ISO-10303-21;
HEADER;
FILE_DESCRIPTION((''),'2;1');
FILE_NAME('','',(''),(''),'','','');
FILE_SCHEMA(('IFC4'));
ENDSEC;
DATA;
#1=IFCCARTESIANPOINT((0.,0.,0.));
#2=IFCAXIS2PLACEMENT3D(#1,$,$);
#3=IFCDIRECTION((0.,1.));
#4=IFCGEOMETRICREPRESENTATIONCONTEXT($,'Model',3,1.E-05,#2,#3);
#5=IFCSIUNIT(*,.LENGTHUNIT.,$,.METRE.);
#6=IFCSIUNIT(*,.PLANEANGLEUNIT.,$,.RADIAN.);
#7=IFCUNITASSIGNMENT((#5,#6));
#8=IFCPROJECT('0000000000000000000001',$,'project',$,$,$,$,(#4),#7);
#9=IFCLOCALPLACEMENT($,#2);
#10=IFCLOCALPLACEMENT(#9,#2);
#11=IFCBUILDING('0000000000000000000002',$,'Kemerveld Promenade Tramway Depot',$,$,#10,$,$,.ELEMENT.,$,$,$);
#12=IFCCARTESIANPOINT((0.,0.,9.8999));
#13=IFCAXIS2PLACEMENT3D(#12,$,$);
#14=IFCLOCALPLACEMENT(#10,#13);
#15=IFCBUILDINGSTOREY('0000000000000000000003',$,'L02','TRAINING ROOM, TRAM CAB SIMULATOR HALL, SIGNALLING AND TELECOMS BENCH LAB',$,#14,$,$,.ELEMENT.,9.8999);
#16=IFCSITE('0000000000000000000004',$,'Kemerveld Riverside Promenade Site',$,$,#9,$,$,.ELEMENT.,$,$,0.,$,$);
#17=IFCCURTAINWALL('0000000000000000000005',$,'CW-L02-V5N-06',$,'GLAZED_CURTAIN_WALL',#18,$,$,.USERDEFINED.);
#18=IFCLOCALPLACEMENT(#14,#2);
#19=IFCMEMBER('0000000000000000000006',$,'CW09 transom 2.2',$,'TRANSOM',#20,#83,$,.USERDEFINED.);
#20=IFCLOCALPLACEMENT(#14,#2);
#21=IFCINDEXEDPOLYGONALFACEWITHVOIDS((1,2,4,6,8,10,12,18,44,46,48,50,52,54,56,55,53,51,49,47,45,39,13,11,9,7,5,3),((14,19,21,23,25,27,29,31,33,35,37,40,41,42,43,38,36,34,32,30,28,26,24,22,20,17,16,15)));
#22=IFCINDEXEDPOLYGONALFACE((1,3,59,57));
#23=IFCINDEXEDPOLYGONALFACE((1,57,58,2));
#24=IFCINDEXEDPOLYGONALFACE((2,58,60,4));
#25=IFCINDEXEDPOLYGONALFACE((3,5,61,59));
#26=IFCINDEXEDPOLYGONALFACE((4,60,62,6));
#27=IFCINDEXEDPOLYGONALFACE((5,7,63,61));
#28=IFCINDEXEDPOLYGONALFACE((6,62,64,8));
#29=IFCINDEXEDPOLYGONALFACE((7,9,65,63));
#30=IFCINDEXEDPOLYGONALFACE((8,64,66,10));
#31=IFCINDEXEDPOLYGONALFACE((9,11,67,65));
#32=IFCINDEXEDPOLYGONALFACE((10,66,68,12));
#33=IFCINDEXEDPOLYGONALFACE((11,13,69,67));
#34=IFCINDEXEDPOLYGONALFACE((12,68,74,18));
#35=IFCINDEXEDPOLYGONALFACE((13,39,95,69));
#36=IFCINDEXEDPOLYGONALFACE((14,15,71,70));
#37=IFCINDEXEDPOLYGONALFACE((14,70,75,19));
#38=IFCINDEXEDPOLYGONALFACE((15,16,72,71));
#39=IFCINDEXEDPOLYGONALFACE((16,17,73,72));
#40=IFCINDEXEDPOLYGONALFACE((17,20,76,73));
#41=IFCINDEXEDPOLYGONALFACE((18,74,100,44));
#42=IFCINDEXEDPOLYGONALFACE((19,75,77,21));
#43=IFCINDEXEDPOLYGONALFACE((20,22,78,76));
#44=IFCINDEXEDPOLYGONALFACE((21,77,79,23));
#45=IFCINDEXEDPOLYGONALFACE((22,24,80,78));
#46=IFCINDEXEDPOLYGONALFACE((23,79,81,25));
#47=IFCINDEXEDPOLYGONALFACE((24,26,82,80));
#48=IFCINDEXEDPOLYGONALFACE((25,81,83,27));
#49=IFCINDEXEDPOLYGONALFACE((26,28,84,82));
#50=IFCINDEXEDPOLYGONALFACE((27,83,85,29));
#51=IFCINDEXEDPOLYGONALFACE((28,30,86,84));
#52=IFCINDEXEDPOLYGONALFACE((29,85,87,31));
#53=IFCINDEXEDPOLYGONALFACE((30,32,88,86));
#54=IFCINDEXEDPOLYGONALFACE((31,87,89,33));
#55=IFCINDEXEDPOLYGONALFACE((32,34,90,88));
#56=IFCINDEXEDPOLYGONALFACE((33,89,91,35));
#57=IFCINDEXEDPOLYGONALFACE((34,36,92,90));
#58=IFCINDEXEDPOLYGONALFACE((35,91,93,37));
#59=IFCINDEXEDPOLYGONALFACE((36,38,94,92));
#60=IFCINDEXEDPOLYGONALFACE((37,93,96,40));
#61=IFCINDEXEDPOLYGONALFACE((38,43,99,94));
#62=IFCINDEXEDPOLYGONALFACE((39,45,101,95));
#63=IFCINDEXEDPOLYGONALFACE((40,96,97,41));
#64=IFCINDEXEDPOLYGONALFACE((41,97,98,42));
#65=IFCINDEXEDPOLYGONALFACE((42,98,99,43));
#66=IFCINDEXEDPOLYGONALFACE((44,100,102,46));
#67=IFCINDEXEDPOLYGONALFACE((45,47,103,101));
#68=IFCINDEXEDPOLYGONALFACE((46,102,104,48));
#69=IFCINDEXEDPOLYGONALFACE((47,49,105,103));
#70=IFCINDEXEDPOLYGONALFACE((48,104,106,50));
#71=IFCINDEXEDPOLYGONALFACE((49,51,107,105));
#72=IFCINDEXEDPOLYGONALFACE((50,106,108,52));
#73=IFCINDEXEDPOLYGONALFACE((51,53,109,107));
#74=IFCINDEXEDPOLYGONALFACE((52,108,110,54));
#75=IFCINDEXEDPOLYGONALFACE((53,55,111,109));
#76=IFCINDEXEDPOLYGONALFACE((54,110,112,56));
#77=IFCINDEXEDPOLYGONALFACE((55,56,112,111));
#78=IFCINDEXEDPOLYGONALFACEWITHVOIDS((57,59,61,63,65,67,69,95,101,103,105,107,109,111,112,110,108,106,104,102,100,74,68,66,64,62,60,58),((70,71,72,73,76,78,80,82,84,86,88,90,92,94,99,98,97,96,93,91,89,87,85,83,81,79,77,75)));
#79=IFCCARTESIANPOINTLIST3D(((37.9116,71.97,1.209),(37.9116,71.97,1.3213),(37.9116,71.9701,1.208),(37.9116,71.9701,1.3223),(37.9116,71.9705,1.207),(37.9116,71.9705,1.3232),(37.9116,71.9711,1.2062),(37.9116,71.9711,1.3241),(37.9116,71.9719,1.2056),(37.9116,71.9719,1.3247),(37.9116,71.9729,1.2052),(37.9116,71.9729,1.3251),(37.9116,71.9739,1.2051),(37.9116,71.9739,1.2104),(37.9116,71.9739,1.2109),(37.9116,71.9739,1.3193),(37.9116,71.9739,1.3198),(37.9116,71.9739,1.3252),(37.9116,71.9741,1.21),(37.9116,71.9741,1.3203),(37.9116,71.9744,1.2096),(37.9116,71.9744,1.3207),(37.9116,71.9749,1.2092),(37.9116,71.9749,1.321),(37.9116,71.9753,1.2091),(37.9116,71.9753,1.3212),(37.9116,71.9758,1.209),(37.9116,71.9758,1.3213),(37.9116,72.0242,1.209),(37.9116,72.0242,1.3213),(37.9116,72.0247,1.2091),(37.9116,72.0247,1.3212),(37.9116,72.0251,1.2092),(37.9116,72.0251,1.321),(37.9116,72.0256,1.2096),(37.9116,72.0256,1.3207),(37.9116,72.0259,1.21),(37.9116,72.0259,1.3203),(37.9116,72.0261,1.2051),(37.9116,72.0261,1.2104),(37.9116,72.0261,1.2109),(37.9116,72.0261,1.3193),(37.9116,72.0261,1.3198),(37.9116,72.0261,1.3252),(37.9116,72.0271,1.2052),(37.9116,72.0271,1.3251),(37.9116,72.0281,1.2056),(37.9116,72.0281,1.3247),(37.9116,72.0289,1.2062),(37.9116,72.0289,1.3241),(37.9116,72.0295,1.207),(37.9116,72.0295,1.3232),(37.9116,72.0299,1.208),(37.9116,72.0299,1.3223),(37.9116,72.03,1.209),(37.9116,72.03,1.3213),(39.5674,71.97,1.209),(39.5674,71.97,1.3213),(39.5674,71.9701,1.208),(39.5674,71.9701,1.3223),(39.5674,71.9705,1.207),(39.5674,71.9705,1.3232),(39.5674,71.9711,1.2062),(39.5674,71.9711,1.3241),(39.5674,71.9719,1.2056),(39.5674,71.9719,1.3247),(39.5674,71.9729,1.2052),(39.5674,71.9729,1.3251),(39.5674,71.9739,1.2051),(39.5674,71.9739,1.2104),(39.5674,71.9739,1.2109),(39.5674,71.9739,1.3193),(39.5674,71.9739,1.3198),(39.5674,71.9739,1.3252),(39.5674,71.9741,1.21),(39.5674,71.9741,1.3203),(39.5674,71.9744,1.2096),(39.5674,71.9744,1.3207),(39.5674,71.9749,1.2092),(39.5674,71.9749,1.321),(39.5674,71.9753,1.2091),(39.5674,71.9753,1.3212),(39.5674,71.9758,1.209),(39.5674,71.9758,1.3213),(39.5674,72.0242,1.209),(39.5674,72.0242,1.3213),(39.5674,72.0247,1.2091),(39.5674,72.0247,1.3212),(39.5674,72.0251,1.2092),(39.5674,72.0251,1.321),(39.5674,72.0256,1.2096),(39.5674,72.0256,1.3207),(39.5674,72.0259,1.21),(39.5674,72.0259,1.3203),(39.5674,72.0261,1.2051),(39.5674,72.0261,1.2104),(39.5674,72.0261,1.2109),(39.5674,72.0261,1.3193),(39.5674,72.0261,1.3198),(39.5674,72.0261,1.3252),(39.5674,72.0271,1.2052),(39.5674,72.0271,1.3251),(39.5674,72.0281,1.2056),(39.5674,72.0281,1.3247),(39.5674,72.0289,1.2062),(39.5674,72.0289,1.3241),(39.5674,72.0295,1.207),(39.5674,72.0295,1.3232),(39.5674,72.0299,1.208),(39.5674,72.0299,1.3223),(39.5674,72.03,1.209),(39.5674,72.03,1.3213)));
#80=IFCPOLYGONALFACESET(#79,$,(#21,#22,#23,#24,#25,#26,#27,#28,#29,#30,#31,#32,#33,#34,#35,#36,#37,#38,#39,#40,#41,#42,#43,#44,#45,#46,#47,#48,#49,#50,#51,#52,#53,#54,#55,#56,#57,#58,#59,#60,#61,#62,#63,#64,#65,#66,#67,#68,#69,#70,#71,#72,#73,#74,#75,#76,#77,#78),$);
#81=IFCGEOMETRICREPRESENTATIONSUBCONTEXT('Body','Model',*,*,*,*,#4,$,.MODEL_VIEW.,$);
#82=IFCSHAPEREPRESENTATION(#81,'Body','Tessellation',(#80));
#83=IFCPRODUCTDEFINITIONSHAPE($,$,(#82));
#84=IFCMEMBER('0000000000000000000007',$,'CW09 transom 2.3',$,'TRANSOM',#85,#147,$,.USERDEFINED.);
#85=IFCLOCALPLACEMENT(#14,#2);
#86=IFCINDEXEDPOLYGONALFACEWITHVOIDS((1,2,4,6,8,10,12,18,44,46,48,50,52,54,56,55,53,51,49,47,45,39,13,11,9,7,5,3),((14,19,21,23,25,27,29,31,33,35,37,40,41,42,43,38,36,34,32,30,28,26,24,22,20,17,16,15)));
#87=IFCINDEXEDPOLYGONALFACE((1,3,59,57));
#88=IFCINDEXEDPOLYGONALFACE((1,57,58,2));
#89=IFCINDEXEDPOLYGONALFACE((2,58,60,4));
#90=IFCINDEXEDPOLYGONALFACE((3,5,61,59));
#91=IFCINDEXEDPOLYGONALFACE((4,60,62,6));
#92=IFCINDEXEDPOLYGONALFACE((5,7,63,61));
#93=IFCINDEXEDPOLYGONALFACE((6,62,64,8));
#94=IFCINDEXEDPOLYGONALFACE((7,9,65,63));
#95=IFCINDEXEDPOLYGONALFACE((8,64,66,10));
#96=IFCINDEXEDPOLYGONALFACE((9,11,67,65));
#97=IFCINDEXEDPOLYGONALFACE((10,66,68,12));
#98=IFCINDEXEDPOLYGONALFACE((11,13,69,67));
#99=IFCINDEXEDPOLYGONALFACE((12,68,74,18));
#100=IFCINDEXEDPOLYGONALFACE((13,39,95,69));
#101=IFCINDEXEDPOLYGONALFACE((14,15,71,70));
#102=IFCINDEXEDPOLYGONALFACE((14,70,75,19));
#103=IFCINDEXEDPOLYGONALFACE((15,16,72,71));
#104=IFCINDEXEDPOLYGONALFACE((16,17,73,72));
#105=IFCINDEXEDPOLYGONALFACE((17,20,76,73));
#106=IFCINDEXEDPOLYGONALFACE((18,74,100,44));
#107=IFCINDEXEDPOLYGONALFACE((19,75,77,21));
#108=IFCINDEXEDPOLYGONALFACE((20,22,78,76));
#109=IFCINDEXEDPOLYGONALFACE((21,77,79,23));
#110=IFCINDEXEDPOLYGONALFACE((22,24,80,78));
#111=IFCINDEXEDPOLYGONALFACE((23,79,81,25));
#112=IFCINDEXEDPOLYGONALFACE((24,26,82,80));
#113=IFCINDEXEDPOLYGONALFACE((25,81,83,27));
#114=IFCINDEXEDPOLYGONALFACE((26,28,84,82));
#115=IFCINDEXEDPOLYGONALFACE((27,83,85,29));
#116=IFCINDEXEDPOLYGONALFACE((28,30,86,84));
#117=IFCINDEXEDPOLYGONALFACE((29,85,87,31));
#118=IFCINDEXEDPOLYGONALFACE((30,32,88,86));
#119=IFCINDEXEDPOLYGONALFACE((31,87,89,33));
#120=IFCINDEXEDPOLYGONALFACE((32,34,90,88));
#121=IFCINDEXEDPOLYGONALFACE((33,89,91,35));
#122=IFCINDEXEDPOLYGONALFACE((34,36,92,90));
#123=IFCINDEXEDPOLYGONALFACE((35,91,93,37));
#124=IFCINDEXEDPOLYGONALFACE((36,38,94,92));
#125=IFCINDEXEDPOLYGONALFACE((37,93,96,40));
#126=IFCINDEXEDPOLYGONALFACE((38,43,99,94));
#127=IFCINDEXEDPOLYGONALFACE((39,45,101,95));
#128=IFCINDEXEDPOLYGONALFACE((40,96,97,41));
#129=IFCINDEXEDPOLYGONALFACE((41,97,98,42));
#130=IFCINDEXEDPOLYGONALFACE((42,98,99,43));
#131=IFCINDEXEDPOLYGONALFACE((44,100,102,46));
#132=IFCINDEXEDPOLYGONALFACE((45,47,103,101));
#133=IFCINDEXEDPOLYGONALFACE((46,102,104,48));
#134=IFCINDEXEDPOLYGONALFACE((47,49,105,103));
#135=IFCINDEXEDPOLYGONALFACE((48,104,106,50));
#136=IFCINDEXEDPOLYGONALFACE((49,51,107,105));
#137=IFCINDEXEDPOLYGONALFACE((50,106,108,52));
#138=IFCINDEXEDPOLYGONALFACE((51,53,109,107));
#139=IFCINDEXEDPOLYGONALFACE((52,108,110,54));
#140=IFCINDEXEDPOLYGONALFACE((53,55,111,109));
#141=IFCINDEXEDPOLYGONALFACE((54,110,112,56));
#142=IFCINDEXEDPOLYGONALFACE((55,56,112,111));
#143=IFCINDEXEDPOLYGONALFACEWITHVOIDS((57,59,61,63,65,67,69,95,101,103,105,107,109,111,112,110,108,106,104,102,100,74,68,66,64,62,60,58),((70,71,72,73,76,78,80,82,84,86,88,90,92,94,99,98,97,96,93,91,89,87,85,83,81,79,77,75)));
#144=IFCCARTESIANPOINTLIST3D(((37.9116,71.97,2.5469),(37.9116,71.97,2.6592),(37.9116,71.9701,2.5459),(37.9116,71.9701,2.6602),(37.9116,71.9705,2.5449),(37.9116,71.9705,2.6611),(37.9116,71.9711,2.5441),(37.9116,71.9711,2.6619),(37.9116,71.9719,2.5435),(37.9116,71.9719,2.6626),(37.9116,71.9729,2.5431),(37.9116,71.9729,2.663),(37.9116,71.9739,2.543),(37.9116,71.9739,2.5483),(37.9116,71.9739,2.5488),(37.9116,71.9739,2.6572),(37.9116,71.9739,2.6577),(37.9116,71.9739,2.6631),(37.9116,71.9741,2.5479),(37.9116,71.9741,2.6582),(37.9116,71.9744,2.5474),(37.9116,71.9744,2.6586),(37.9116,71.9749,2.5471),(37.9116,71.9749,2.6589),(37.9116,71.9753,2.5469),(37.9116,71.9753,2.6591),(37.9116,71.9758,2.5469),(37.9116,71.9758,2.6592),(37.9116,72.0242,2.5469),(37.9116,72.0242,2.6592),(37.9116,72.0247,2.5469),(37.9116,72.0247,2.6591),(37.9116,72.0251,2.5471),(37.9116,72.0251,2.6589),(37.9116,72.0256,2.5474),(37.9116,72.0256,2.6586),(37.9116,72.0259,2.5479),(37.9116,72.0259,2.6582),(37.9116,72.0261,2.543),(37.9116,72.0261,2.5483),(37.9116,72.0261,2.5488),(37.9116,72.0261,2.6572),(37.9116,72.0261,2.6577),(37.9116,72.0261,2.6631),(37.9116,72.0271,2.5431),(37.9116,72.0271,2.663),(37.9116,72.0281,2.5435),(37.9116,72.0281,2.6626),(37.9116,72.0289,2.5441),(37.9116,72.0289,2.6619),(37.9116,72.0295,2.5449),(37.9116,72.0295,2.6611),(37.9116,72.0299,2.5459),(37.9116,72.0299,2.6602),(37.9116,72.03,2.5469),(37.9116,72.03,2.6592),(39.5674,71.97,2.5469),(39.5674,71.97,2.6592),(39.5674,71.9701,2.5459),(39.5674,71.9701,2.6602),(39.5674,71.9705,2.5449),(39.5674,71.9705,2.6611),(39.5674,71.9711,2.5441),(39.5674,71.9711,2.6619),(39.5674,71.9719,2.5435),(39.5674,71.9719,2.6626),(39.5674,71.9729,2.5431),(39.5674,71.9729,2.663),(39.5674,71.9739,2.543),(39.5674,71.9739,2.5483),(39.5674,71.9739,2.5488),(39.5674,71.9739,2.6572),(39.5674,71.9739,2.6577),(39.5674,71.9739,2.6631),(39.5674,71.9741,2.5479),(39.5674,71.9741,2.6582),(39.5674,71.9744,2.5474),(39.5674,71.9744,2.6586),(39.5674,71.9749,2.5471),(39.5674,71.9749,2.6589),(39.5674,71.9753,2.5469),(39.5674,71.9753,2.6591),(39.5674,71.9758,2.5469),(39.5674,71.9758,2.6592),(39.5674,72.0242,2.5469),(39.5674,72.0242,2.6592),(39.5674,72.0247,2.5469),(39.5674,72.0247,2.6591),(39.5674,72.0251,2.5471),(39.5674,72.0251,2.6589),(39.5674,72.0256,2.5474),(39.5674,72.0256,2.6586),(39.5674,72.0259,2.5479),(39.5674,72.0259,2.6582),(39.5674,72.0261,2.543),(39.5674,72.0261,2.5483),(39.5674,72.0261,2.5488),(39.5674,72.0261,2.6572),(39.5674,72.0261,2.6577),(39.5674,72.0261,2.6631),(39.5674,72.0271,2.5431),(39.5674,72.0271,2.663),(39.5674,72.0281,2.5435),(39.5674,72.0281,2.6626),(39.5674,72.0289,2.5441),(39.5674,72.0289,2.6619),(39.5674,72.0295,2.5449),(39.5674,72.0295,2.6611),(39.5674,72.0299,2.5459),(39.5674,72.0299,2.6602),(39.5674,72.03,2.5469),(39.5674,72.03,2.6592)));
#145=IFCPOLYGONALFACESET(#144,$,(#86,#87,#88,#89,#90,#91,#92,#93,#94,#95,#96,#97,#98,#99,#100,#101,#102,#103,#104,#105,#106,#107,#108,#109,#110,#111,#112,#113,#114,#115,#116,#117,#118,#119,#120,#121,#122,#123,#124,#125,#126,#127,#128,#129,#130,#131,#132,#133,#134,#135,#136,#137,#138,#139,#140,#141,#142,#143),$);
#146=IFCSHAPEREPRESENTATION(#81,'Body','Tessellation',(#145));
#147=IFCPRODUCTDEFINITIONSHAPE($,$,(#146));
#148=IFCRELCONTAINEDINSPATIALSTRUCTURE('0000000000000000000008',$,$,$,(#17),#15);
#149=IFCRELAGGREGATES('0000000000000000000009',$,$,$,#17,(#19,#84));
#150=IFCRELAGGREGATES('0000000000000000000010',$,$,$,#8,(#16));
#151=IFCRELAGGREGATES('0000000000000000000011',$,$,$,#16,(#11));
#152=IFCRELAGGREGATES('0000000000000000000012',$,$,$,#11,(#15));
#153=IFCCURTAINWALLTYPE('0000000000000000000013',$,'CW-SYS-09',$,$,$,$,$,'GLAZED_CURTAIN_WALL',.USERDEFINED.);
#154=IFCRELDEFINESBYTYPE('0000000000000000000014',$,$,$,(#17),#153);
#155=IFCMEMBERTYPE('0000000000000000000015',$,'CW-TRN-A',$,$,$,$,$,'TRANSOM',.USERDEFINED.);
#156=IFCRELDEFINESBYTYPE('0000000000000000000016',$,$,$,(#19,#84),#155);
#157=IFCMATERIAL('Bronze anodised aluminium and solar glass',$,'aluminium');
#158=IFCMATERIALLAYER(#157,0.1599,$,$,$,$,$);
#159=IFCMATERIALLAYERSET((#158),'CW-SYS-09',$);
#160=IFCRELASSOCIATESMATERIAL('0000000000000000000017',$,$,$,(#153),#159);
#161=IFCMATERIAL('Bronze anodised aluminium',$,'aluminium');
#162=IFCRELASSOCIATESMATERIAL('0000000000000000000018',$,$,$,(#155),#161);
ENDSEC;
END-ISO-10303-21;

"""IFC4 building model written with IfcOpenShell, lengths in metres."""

from ifc_helpers import new_model, si_unit, direction, frame, origin, origin_2d, place, context, subcontext, project, spatial, hollow_rectangle, extrude, material, layer, layer_set, material_profile, profile_set, type_object, element, aggregate, save


model = new_model("IFC4")

# Units and contexts
model_context = context("Model", 3, precision=1e-05, world=origin(), true_north=direction((0.0, 1.0)))
body_context = subcontext(model_context, "Body", "Model", "MODEL_VIEW")
ifc_project = project(units=[si_unit("LENGTHUNIT", "METRE"), si_unit("PLANEANGLEUNIT", "RADIAN")], contexts=[model_context])

# Site, building, storey
site_placement = place(None, origin())
site = spatial("IfcSite", under=ifc_project, at=site_placement, Name="Kemerveld Riverside Promenade Site", CompositionType="ELEMENT", RefElevation=0.0)
building_placement = place(site_placement, origin())
building = spatial("IfcBuilding", under=site, at=building_placement, Name="Kemerveld Promenade Tramway Depot", CompositionType="ELEMENT")
storey_placement = place(building_placement, frame((0.0, 0.0, 9.8999)))
storey = spatial("IfcBuildingStorey", under=building, at=storey_placement, Name="L02", Description="TRAINING ROOM, TRAM CAB SIMULATOR HALL, SIGNALLING AND TELECOMS BENCH LAB", CompositionType="ELEMENT", Elevation=9.8999)

# Curtain wall, members
ifc_material_1 = material(Name="Bronze anodised aluminium and solar glass", Category="aluminium")
ifc_layer_1 = layer(ifc_material_1, 0.1599)
ifc_layer_set_1 = layer_set([ifc_layer_1], Name="CW-SYS-09")
curtain_wall_type = type_object("IfcCurtainWallType", Name="CW-SYS-09", ElementType="GLAZED_CURTAIN_WALL", PredefinedType="USERDEFINED", material=ifc_layer_set_1)
curtain_wall_placement = place(storey_placement, origin())
curtain_wall = element("IfcCurtainWall", 1, at=curtain_wall_placement, inside=storey, type_object=curtain_wall_type, Name="CW-L02-V5N-06", ObjectType="GLAZED_CURTAIN_WALL", PredefinedType="USERDEFINED")
ifc_material_2 = material(Name="Bronze anodised aluminium", Category="aluminium")
ifc_material_profile_1 = material_profile(ifc_material_2, hollow_rectangle(XDim=0.0601, YDim=0.1201, WallThickness=0.0039, InnerFilletRadius=0.002, OuterFilletRadius=0.0039, at=origin_2d()), Name="CW-TRN-120x60")
ifc_profile_set_1 = profile_set([ifc_material_profile_1], Name="Bronze anodised aluminium")
member_type_1 = type_object("IfcMemberType", Name="CW-TRN-A", ElementType="TRANSOM", PredefinedType="USERDEFINED", material=ifc_profile_set_1)
member_1_placement = place(storey_placement, frame((37.9116, 72.0, 1.2651), z_axis=(1.0, 0.0, 0.0), x_axis=(0.0, 1.0, 0.0)))
member_1 = element("IfcMember", 2, at=member_1_placement, type_object=member_type_1, Name="CW09 transom 2.2", ObjectType="TRANSOM", PredefinedType="USERDEFINED", context=body_context, shape_type="SweptSolid", body=[
    extrude(hollow_rectangle(XDim=0.0601, YDim=0.1201, WallThickness=0.0039, InnerFilletRadius=0.002, OuterFilletRadius=0.0039, at=origin_2d()), origin(), (0.0, 0.0, 1.0), 1.6558),
])
member_2_placement = place(storey_placement, frame((37.9116, 72.0, 2.603), z_axis=(1.0, 0.0, 0.0), x_axis=(0.0, 1.0, 0.0)))
member_2 = element("IfcMember", 3, at=member_2_placement, type_object=member_type_1, Name="CW09 transom 2.3", ObjectType="TRANSOM", PredefinedType="USERDEFINED", context=body_context, shape_type="SweptSolid", body=[
    extrude(hollow_rectangle(XDim=0.0601, YDim=0.1201, WallThickness=0.0039, InnerFilletRadius=0.002, OuterFilletRadius=0.0039, at=origin_2d()), origin(), (0.0, 0.0, 1.0), 1.6558),
])
aggregate(curtain_wall, [member_1, member_2])

save(model, "model.ifc")
